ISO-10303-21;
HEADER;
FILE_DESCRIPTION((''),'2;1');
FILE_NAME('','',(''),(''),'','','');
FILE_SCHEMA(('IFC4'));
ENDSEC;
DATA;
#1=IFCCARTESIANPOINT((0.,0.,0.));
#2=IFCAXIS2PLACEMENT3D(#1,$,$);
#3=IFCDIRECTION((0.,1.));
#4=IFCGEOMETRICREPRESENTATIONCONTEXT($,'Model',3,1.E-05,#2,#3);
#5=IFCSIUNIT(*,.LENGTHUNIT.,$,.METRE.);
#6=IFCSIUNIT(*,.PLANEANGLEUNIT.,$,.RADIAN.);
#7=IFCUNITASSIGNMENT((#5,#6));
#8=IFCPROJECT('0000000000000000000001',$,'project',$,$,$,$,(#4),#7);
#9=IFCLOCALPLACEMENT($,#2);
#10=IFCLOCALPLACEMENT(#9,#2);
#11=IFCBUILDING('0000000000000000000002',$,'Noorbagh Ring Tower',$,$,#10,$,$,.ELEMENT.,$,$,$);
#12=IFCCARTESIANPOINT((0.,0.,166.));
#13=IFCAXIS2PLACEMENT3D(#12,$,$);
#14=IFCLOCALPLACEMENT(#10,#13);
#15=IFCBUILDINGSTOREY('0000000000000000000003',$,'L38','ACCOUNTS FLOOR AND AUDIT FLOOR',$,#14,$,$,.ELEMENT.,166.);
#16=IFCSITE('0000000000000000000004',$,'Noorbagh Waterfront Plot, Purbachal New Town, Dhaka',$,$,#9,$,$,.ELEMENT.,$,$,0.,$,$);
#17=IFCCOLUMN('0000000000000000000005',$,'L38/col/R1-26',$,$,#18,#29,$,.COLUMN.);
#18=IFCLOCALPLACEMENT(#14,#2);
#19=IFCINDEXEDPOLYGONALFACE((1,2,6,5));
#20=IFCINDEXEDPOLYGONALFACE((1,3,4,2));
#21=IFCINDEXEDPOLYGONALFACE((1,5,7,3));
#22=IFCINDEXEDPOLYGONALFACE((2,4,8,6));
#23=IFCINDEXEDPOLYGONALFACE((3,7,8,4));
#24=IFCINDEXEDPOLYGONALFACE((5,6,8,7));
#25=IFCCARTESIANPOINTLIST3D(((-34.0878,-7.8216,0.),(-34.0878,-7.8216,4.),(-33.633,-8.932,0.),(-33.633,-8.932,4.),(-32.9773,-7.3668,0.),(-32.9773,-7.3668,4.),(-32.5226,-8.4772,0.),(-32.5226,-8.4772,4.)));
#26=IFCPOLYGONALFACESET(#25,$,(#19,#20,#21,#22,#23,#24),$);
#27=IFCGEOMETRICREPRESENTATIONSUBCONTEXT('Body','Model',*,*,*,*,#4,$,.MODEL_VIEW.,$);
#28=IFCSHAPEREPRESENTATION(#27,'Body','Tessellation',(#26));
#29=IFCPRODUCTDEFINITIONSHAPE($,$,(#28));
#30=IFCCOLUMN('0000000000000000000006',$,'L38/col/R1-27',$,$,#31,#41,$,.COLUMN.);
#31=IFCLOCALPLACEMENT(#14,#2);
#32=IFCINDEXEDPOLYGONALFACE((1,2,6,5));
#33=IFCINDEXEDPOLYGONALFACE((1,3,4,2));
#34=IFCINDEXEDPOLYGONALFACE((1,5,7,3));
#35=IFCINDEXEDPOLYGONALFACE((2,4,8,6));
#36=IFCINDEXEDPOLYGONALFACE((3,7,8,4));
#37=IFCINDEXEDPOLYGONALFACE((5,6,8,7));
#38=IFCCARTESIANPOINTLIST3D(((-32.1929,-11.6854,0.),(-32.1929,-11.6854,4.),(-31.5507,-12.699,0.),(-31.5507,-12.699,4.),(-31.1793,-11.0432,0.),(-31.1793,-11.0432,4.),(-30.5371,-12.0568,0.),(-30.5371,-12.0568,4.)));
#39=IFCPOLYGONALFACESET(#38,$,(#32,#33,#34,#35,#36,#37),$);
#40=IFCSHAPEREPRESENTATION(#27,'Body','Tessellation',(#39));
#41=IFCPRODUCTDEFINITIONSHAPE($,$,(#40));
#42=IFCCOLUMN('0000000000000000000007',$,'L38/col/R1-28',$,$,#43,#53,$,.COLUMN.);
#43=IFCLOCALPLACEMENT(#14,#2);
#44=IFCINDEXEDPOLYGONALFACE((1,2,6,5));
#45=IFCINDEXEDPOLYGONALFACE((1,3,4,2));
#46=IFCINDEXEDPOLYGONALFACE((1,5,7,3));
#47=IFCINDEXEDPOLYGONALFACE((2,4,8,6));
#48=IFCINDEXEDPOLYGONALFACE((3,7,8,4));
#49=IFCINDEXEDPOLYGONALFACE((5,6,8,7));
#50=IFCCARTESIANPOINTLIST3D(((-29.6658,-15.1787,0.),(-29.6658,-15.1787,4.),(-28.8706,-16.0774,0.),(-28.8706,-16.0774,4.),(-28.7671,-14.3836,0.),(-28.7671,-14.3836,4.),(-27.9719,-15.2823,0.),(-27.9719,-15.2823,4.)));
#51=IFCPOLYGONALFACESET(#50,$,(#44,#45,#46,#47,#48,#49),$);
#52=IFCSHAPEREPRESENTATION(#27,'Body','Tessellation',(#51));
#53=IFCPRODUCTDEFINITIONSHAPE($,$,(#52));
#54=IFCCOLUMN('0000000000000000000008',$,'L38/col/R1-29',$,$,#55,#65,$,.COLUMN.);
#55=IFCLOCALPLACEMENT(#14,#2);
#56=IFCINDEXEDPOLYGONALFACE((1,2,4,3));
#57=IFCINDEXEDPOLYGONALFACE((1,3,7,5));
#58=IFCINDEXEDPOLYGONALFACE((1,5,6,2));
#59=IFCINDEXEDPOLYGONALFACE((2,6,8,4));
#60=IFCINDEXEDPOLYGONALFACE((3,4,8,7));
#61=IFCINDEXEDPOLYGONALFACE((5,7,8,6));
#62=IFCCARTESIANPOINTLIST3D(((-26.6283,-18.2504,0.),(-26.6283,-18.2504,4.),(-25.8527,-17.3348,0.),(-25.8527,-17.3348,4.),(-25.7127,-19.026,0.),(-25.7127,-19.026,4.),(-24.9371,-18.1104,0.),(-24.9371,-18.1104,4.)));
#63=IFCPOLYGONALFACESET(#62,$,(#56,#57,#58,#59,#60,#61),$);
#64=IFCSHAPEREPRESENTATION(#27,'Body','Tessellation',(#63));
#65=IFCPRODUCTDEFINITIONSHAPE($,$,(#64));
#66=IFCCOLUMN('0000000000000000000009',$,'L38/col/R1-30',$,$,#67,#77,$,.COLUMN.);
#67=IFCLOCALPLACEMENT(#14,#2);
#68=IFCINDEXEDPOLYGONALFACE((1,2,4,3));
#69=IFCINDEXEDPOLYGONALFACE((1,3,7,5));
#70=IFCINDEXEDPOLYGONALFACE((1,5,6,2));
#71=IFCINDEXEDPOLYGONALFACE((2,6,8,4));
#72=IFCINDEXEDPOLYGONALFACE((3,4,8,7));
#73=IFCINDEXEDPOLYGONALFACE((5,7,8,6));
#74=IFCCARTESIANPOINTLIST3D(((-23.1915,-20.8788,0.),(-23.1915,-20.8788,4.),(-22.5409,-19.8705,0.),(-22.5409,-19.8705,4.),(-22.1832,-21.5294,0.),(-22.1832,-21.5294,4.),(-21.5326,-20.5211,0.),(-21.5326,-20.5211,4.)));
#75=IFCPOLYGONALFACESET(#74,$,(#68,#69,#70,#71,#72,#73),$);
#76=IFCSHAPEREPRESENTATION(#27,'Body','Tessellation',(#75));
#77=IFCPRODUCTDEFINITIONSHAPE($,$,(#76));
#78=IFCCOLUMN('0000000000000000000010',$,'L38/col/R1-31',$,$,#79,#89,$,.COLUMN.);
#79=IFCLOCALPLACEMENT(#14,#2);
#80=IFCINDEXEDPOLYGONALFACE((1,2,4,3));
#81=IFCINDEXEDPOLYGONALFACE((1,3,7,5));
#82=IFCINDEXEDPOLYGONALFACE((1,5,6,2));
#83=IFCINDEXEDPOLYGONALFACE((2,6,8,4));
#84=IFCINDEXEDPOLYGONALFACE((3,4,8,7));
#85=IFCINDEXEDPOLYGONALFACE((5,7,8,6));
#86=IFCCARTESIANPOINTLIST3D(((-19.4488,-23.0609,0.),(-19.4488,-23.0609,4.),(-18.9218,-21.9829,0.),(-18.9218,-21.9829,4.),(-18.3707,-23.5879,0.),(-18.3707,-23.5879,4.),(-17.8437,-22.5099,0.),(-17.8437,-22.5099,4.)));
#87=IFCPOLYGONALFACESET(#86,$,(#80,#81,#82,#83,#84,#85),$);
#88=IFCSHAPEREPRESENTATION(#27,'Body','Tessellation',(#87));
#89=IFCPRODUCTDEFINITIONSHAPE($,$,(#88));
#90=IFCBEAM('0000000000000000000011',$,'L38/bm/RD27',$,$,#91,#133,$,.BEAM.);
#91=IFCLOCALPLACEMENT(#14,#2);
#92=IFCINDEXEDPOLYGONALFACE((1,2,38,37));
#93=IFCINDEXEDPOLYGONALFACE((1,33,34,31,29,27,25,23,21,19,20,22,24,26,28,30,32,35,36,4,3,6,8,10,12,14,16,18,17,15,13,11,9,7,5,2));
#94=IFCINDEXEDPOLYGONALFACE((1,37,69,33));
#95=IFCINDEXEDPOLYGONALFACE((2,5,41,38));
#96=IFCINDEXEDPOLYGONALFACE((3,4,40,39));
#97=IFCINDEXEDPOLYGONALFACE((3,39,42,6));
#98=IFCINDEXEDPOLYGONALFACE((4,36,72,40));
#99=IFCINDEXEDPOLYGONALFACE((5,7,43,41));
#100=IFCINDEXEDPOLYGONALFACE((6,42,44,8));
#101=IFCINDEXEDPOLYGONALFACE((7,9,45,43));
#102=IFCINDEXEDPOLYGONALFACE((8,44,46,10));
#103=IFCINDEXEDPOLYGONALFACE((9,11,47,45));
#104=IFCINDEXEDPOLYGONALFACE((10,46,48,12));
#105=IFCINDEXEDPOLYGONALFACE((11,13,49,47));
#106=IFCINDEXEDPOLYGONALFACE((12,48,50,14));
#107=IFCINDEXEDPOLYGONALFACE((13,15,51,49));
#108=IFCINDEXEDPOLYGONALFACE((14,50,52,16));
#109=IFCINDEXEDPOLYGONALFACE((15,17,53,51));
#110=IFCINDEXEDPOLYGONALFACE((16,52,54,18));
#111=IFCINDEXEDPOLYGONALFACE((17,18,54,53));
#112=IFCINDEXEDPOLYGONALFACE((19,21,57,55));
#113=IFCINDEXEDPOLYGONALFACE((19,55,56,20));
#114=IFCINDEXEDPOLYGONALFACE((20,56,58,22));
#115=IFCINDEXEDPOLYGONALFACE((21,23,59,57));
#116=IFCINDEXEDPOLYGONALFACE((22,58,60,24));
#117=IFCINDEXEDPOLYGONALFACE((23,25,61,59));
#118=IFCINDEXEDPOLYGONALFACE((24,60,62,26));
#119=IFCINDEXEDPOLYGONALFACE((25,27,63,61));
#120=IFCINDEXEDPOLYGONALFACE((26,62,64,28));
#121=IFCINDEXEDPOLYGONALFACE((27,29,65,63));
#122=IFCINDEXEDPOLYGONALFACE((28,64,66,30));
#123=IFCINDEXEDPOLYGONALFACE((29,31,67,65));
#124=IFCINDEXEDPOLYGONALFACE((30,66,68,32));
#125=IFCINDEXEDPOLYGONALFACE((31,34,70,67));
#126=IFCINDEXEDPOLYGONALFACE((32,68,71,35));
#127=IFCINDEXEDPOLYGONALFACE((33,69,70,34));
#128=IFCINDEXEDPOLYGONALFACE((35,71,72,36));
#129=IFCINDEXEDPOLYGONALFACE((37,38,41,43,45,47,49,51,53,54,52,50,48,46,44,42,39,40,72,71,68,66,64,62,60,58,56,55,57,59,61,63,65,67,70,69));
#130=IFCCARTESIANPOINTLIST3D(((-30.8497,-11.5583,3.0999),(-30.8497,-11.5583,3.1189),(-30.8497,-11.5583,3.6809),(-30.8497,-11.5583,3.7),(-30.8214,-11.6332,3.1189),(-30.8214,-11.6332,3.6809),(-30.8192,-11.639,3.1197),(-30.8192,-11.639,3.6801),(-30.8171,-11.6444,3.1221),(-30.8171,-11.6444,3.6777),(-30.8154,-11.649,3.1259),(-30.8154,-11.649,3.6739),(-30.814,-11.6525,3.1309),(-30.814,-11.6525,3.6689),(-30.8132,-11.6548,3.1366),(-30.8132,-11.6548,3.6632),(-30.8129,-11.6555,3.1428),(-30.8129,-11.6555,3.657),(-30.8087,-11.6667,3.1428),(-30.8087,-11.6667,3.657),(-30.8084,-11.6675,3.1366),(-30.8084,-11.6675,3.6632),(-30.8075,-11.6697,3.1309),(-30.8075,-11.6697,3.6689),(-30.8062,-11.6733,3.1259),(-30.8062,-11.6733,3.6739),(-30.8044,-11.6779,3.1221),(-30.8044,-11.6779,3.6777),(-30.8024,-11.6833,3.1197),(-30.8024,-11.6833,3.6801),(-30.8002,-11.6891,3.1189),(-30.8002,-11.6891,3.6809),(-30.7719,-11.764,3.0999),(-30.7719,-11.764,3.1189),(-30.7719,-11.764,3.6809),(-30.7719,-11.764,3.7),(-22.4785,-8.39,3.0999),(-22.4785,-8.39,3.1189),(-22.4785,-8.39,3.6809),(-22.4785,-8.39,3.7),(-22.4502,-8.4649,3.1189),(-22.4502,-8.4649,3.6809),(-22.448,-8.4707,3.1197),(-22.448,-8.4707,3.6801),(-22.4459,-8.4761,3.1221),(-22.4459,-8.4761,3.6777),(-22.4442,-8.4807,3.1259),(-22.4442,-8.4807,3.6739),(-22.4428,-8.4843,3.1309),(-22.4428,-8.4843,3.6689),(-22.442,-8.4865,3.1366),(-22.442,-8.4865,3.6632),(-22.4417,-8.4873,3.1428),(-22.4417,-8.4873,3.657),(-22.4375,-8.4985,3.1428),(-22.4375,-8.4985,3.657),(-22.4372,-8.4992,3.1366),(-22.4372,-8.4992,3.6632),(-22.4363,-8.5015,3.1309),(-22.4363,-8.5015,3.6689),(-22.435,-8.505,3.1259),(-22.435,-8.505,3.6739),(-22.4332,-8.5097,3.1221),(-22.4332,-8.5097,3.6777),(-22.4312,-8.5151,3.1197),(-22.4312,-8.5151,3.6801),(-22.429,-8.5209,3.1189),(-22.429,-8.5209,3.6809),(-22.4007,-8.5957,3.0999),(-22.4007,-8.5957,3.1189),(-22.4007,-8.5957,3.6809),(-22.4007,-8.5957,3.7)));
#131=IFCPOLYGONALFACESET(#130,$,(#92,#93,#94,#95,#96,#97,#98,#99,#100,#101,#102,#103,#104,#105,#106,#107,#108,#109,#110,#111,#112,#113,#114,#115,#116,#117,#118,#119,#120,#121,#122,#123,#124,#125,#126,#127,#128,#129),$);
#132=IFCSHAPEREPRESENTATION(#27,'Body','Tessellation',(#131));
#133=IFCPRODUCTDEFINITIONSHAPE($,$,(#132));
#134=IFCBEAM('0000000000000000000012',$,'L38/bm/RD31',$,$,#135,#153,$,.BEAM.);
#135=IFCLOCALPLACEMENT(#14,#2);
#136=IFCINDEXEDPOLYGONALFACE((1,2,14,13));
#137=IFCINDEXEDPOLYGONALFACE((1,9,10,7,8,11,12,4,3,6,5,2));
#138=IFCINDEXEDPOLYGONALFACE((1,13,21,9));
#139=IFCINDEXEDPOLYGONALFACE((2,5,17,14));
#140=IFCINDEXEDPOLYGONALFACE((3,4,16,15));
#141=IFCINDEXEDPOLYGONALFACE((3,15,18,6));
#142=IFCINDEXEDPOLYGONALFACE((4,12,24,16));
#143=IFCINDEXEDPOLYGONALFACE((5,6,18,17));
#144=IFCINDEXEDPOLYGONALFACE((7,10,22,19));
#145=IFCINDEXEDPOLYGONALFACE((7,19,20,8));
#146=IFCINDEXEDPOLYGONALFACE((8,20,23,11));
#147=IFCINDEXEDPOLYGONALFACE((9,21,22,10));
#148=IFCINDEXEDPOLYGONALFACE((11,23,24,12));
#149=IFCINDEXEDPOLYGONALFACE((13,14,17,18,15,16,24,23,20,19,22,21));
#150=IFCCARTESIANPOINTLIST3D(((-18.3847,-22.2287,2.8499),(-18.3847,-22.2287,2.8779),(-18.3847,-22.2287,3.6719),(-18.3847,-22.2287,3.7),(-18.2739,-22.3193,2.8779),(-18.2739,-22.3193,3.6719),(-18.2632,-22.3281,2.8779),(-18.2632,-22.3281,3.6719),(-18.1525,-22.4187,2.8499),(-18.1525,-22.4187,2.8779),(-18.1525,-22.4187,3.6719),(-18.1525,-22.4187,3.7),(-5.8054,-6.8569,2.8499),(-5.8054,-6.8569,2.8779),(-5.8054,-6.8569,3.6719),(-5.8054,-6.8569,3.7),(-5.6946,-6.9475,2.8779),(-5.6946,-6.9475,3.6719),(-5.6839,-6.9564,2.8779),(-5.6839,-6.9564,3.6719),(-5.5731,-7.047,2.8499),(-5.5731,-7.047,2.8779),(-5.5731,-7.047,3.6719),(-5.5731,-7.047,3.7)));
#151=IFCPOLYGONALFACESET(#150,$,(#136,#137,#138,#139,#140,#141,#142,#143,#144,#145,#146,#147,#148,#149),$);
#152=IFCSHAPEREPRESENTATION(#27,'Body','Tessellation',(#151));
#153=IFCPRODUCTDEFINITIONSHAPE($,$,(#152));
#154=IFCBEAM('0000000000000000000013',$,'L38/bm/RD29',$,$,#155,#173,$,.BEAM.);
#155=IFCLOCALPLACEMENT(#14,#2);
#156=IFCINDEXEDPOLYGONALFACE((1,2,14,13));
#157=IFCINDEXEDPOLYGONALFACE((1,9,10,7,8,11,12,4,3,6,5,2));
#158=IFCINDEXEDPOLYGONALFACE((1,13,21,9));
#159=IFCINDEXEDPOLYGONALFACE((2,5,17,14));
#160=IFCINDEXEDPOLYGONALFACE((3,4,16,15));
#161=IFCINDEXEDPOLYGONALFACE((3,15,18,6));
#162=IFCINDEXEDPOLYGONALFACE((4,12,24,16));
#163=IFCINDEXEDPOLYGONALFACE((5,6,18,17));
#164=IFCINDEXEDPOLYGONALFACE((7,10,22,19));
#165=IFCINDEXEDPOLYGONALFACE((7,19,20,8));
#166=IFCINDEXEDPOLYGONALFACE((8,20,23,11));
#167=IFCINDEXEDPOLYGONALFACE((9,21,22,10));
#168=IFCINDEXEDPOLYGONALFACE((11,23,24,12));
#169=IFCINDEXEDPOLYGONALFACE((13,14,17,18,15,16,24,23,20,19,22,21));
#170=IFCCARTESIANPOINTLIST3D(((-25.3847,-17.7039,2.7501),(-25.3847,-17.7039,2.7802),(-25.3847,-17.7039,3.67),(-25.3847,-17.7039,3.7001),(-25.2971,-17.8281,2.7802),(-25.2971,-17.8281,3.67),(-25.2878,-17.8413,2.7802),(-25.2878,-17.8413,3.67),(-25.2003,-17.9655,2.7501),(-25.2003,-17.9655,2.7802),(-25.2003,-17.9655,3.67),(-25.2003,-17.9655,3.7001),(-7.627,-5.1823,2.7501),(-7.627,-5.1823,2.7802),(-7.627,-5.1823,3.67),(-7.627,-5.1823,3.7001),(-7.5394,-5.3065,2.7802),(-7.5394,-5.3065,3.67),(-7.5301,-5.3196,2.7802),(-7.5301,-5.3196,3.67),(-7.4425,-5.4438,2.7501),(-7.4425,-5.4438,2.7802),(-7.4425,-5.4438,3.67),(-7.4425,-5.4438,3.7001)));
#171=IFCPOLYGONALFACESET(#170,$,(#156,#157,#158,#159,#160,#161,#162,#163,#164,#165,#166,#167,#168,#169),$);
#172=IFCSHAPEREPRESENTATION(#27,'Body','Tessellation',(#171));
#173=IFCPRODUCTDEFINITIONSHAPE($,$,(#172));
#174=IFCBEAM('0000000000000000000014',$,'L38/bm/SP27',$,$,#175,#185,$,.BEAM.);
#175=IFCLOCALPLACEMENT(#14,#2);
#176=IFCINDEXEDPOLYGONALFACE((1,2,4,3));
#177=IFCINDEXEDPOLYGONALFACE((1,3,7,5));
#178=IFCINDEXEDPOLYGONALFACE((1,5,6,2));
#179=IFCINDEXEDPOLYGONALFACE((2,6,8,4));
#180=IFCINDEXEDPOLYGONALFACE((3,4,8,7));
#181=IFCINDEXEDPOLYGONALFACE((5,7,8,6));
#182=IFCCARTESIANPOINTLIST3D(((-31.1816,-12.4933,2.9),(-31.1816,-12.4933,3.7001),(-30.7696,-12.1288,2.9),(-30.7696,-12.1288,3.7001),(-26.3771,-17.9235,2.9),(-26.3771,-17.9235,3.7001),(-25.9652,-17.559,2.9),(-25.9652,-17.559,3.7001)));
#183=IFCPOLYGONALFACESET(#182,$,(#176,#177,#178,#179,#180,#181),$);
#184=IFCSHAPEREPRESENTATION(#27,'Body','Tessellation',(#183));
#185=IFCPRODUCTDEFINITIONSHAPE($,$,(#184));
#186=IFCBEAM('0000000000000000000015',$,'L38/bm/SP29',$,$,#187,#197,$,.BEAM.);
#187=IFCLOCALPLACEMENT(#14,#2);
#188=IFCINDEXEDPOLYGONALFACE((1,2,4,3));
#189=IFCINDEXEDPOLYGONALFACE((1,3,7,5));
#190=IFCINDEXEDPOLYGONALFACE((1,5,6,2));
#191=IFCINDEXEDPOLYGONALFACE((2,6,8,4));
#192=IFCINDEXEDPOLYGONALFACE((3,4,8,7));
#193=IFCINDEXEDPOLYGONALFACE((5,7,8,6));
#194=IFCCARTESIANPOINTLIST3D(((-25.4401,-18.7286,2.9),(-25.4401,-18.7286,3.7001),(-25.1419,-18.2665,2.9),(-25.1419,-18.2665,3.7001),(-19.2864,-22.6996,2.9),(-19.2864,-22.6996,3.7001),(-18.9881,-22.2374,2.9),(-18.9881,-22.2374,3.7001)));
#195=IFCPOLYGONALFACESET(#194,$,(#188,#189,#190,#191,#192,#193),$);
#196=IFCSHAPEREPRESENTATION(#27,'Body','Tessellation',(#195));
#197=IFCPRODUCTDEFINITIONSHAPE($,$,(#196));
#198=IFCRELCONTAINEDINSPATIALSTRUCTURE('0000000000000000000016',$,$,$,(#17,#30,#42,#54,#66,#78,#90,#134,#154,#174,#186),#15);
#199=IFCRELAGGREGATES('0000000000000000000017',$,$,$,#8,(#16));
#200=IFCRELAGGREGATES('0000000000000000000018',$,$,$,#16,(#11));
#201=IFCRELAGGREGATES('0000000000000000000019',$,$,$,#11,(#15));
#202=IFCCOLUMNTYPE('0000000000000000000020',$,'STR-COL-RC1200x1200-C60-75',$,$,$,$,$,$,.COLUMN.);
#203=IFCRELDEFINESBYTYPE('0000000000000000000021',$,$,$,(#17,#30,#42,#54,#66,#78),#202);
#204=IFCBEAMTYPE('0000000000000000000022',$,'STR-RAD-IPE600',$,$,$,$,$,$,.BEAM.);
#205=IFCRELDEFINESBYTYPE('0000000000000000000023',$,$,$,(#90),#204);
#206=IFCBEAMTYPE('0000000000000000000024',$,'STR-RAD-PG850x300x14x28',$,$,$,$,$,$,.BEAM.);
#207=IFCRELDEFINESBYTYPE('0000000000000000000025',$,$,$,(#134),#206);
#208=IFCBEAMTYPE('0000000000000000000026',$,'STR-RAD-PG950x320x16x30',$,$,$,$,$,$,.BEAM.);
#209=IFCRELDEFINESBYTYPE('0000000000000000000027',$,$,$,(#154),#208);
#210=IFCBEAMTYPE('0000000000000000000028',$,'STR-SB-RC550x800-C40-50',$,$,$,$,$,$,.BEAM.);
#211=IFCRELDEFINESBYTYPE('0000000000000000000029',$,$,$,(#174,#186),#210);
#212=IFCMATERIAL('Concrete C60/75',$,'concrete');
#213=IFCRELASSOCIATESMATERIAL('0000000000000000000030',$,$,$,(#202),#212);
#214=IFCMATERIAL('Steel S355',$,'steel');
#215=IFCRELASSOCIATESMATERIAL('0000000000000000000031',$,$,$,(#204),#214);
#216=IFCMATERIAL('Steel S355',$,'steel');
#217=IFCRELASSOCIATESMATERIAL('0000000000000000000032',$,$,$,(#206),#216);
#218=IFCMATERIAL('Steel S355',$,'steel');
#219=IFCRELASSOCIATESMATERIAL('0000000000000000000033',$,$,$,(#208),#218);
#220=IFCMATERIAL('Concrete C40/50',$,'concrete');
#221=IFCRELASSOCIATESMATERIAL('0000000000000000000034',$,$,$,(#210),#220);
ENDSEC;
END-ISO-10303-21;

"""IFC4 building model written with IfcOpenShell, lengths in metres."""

from ifc_helpers import new_model, si_unit, direction, frame, origin, origin_2d, place, context, subcontext, project, spatial, rectangle, i_section, extrude, material, material_profile, profile_set, type_object, element, save


model = new_model("IFC4")

# Units and contexts
model_context = context("Model", 3, precision=1e-05, world=origin(), true_north=direction((0.0, 1.0)))
body_context = subcontext(model_context, "Body", "Model", "MODEL_VIEW")
ifc_project = project(units=[si_unit("LENGTHUNIT", "METRE"), si_unit("PLANEANGLEUNIT", "RADIAN")], contexts=[model_context])

# Site, building, storey
site_placement = place(None, origin())
site = spatial("IfcSite", under=ifc_project, at=site_placement, Name="Noorbagh Waterfront Plot, Purbachal New Town, Dhaka", CompositionType="ELEMENT", RefElevation=0.0)
building_placement = place(site_placement, origin())
building = spatial("IfcBuilding", under=site, at=building_placement, Name="Noorbagh Ring Tower", CompositionType="ELEMENT")
storey_placement = place(building_placement, frame((0.0, 0.0, 166.0)))
storey = spatial("IfcBuildingStorey", under=building, at=storey_placement, Name="L38", Description="ACCOUNTS FLOOR AND AUDIT FLOOR", CompositionType="ELEMENT", Elevation=166.0)

# Columns
ifc_material_1 = material(Name="Concrete C60/75", Category="concrete")
ifc_material_profile_1 = material_profile(ifc_material_1, rectangle(XDim=1.2, YDim=1.2, at=origin_2d()), Name="RC1200x1200")
ifc_profile_set_1 = profile_set([ifc_material_profile_1], Name="Concrete C60/75")
column_type = type_object("IfcColumnType", Name="STR-COL-RC1200x1200-C60-75", PredefinedType="COLUMN", material=ifc_profile_set_1)
for number, where, z_axis, x_axis, name in (
    (1, (-33.3052, -8.1494, 0.0), (0.0, 0.0, 1.0), (0.378989, -0.925401, 0.0), "L38/col/R1-26"),
    (2, (-31.365, -11.8711, 0.0), (0.0, 0.0, 1.0), (0.53519, -0.844731, 0.0), "L38/col/R1-27"),
    (3, (-28.8188, -15.2305, 0.0), (0.0, 0.0, 1.0), (0.662636, -0.748942, 0.0), "L38/col/R1-28"),
    (4, (-25.7827, -18.1804, 0.0), (0.0, 0.0, 1.0), (0.763035, -0.646357, 0.0), "L38/col/R1-29"),
    (5, (-22.3621, -20.7, 0.0), (0.0, 0.0, 1.0), (0.840248, -0.542203, 0.0), "L38/col/R1-30"),
    (6, (-18.6462, -22.7854, 0.0), (0.0, 0.0, 1.0), (0.898399, -0.43918, 0.0), "L38/col/R1-31"),
):
    element("IfcColumn", number, at=place(storey_placement, frame(where, z_axis=z_axis, x_axis=x_axis)), inside=storey, type_object=column_type, Name=name, PredefinedType="COLUMN", context=body_context, shape_type="SweptSolid", body=[
        extrude(rectangle(XDim=1.2, YDim=1.2, at=origin_2d()), origin(), (0.0, 0.0, 1.0), 4.0),
    ])

# Beams
ifc_material_2 = material(Name="Steel S355", Category="steel")
ifc_material_profile_2 = material_profile(ifc_material_2, i_section(OverallWidth=0.22, OverallDepth=0.6001, WebThickness=0.012, FlangeThickness=0.019, FilletRadius=0.0239, at=origin_2d()), Name="IPE600")
ifc_profile_set_2 = profile_set([ifc_material_profile_2], Name="Steel S355")
beam_type_1 = type_object("IfcBeamType", Name="STR-RAD-IPE600", PredefinedType="BEAM", material=ifc_profile_set_2)
beam_1_placement = place(storey_placement, frame((-30.8108, -11.6611, 3.3999), z_axis=(0.935258, 0.353968, 0.0), x_axis=(-0.353968, 0.935258, 0.0)))
element("IfcBeam", 7, at=beam_1_placement, inside=storey, type_object=beam_type_1, Name="L38/bm/RD27", PredefinedType="BEAM", context=body_context, shape_type="SweptSolid", body=[
    extrude(i_section(OverallWidth=0.22, OverallDepth=0.6001, WebThickness=0.012, FlangeThickness=0.019, FilletRadius=0.0239, at=origin_2d()), origin(), (0.0, 0.0, 1.0), 8.9507),
])
ifc_material_3 = material(Name="Steel S355", Category="steel")
ifc_material_profile_3 = material_profile(ifc_material_3, i_section(OverallWidth=0.3, OverallDepth=0.8501, WebThickness=0.0139, FlangeThickness=0.0281, at=origin_2d()), Name="PG850x300x14x28")
ifc_profile_set_3 = profile_set([ifc_material_profile_3], Name="Steel S355")
beam_type_2 = type_object("IfcBeamType", Name="STR-RAD-PG850x300x14x28", PredefinedType="BEAM", material=ifc_profile_set_3)
beam_2_placement = place(storey_placement, frame((-18.2686, -22.3237, 3.2749), z_axis=(0.63331, 0.773898, 0.0), x_axis=(-0.773898, 0.63331, 0.0)))
element("IfcBeam", 8, at=beam_2_placement, inside=storey, type_object=beam_type_2, Name="L38/bm/RD31", PredefinedType="BEAM", context=body_context, shape_type="SweptSolid", body=[
    extrude(i_section(OverallWidth=0.3, OverallDepth=0.8501, WebThickness=0.0139, FlangeThickness=0.0281, at=origin_2d()), origin(), (0.0, 0.0, 1.0), 19.8628),
])
ifc_material_4 = material(Name="Steel S355", Category="steel")
ifc_material_profile_4 = material_profile(ifc_material_4, i_section(OverallWidth=0.3201, OverallDepth=0.95, WebThickness=0.0161, FlangeThickness=0.03, at=origin_2d()), Name="PG950x320x16x30")
ifc_profile_set_4 = profile_set([ifc_material_profile_4], Name="Steel S355")
beam_type_3 = type_object("IfcBeamType", Name="STR-RAD-PG950x320x16x30", PredefinedType="BEAM", material=ifc_profile_set_4)
beam_3_placement = place(storey_placement, frame((-25.2925, -17.8347, 3.2251), z_axis=(0.817254, 0.576278, 0.0), x_axis=(-0.576278, 0.817254, 0.0)))
element("IfcBeam", 9, at=beam_3_placement, inside=storey, type_object=beam_type_3, Name="L38/bm/RD29", PredefinedType="BEAM", context=body_context, shape_type="SweptSolid", body=[
    extrude(i_section(OverallWidth=0.3201, OverallDepth=0.95, WebThickness=0.0161, FlangeThickness=0.03, at=origin_2d()), origin(), (0.0, 0.0, 1.0), 21.7285),
])
ifc_material_5 = material(Name="Concrete C40/50", Category="concrete")
ifc_material_profile_5 = material_profile(ifc_material_5, rectangle(XDim=0.55, YDim=0.8, at=origin_2d()), Name="RC550x800")
ifc_profile_set_5 = profile_set([ifc_material_profile_5], Name="Concrete C40/50")
beam_type_4 = type_object("IfcBeamType", Name="STR-SB-RC550x800-C40-50", PredefinedType="BEAM", material=ifc_profile_set_5)
beam_4_placement = place(storey_placement, frame((-30.9756, -12.311, 3.3), z_axis=(0.662638, -0.74894, 0.0), x_axis=(0.74894, 0.662638, 0.0)))
element("IfcBeam", 10, at=beam_4_placement, inside=storey, type_object=beam_type_4, Name="L38/bm/SP27", PredefinedType="BEAM", context=body_context, shape_type="SweptSolid", body=[
    extrude(rectangle(XDim=0.55, YDim=0.8, at=origin_2d()), origin(), (0.0, 0.0, 1.0), 7.2505),
])
beam_5_placement = place(storey_placement, frame((-25.291, -18.4976, 3.3), z_axis=(0.84025, -0.542199, 0.0), x_axis=(0.542199, 0.84025, 0.0)))
element("IfcBeam", 11, at=beam_5_placement, inside=storey, type_object=beam_type_4, Name="L38/bm/SP29", PredefinedType="BEAM", context=body_context, shape_type="SweptSolid", body=[
    extrude(rectangle(XDim=0.55, YDim=0.8, at=origin_2d()), origin(), (0.0, 0.0, 1.0), 7.3237),
])

save(model, "model.ifc")
